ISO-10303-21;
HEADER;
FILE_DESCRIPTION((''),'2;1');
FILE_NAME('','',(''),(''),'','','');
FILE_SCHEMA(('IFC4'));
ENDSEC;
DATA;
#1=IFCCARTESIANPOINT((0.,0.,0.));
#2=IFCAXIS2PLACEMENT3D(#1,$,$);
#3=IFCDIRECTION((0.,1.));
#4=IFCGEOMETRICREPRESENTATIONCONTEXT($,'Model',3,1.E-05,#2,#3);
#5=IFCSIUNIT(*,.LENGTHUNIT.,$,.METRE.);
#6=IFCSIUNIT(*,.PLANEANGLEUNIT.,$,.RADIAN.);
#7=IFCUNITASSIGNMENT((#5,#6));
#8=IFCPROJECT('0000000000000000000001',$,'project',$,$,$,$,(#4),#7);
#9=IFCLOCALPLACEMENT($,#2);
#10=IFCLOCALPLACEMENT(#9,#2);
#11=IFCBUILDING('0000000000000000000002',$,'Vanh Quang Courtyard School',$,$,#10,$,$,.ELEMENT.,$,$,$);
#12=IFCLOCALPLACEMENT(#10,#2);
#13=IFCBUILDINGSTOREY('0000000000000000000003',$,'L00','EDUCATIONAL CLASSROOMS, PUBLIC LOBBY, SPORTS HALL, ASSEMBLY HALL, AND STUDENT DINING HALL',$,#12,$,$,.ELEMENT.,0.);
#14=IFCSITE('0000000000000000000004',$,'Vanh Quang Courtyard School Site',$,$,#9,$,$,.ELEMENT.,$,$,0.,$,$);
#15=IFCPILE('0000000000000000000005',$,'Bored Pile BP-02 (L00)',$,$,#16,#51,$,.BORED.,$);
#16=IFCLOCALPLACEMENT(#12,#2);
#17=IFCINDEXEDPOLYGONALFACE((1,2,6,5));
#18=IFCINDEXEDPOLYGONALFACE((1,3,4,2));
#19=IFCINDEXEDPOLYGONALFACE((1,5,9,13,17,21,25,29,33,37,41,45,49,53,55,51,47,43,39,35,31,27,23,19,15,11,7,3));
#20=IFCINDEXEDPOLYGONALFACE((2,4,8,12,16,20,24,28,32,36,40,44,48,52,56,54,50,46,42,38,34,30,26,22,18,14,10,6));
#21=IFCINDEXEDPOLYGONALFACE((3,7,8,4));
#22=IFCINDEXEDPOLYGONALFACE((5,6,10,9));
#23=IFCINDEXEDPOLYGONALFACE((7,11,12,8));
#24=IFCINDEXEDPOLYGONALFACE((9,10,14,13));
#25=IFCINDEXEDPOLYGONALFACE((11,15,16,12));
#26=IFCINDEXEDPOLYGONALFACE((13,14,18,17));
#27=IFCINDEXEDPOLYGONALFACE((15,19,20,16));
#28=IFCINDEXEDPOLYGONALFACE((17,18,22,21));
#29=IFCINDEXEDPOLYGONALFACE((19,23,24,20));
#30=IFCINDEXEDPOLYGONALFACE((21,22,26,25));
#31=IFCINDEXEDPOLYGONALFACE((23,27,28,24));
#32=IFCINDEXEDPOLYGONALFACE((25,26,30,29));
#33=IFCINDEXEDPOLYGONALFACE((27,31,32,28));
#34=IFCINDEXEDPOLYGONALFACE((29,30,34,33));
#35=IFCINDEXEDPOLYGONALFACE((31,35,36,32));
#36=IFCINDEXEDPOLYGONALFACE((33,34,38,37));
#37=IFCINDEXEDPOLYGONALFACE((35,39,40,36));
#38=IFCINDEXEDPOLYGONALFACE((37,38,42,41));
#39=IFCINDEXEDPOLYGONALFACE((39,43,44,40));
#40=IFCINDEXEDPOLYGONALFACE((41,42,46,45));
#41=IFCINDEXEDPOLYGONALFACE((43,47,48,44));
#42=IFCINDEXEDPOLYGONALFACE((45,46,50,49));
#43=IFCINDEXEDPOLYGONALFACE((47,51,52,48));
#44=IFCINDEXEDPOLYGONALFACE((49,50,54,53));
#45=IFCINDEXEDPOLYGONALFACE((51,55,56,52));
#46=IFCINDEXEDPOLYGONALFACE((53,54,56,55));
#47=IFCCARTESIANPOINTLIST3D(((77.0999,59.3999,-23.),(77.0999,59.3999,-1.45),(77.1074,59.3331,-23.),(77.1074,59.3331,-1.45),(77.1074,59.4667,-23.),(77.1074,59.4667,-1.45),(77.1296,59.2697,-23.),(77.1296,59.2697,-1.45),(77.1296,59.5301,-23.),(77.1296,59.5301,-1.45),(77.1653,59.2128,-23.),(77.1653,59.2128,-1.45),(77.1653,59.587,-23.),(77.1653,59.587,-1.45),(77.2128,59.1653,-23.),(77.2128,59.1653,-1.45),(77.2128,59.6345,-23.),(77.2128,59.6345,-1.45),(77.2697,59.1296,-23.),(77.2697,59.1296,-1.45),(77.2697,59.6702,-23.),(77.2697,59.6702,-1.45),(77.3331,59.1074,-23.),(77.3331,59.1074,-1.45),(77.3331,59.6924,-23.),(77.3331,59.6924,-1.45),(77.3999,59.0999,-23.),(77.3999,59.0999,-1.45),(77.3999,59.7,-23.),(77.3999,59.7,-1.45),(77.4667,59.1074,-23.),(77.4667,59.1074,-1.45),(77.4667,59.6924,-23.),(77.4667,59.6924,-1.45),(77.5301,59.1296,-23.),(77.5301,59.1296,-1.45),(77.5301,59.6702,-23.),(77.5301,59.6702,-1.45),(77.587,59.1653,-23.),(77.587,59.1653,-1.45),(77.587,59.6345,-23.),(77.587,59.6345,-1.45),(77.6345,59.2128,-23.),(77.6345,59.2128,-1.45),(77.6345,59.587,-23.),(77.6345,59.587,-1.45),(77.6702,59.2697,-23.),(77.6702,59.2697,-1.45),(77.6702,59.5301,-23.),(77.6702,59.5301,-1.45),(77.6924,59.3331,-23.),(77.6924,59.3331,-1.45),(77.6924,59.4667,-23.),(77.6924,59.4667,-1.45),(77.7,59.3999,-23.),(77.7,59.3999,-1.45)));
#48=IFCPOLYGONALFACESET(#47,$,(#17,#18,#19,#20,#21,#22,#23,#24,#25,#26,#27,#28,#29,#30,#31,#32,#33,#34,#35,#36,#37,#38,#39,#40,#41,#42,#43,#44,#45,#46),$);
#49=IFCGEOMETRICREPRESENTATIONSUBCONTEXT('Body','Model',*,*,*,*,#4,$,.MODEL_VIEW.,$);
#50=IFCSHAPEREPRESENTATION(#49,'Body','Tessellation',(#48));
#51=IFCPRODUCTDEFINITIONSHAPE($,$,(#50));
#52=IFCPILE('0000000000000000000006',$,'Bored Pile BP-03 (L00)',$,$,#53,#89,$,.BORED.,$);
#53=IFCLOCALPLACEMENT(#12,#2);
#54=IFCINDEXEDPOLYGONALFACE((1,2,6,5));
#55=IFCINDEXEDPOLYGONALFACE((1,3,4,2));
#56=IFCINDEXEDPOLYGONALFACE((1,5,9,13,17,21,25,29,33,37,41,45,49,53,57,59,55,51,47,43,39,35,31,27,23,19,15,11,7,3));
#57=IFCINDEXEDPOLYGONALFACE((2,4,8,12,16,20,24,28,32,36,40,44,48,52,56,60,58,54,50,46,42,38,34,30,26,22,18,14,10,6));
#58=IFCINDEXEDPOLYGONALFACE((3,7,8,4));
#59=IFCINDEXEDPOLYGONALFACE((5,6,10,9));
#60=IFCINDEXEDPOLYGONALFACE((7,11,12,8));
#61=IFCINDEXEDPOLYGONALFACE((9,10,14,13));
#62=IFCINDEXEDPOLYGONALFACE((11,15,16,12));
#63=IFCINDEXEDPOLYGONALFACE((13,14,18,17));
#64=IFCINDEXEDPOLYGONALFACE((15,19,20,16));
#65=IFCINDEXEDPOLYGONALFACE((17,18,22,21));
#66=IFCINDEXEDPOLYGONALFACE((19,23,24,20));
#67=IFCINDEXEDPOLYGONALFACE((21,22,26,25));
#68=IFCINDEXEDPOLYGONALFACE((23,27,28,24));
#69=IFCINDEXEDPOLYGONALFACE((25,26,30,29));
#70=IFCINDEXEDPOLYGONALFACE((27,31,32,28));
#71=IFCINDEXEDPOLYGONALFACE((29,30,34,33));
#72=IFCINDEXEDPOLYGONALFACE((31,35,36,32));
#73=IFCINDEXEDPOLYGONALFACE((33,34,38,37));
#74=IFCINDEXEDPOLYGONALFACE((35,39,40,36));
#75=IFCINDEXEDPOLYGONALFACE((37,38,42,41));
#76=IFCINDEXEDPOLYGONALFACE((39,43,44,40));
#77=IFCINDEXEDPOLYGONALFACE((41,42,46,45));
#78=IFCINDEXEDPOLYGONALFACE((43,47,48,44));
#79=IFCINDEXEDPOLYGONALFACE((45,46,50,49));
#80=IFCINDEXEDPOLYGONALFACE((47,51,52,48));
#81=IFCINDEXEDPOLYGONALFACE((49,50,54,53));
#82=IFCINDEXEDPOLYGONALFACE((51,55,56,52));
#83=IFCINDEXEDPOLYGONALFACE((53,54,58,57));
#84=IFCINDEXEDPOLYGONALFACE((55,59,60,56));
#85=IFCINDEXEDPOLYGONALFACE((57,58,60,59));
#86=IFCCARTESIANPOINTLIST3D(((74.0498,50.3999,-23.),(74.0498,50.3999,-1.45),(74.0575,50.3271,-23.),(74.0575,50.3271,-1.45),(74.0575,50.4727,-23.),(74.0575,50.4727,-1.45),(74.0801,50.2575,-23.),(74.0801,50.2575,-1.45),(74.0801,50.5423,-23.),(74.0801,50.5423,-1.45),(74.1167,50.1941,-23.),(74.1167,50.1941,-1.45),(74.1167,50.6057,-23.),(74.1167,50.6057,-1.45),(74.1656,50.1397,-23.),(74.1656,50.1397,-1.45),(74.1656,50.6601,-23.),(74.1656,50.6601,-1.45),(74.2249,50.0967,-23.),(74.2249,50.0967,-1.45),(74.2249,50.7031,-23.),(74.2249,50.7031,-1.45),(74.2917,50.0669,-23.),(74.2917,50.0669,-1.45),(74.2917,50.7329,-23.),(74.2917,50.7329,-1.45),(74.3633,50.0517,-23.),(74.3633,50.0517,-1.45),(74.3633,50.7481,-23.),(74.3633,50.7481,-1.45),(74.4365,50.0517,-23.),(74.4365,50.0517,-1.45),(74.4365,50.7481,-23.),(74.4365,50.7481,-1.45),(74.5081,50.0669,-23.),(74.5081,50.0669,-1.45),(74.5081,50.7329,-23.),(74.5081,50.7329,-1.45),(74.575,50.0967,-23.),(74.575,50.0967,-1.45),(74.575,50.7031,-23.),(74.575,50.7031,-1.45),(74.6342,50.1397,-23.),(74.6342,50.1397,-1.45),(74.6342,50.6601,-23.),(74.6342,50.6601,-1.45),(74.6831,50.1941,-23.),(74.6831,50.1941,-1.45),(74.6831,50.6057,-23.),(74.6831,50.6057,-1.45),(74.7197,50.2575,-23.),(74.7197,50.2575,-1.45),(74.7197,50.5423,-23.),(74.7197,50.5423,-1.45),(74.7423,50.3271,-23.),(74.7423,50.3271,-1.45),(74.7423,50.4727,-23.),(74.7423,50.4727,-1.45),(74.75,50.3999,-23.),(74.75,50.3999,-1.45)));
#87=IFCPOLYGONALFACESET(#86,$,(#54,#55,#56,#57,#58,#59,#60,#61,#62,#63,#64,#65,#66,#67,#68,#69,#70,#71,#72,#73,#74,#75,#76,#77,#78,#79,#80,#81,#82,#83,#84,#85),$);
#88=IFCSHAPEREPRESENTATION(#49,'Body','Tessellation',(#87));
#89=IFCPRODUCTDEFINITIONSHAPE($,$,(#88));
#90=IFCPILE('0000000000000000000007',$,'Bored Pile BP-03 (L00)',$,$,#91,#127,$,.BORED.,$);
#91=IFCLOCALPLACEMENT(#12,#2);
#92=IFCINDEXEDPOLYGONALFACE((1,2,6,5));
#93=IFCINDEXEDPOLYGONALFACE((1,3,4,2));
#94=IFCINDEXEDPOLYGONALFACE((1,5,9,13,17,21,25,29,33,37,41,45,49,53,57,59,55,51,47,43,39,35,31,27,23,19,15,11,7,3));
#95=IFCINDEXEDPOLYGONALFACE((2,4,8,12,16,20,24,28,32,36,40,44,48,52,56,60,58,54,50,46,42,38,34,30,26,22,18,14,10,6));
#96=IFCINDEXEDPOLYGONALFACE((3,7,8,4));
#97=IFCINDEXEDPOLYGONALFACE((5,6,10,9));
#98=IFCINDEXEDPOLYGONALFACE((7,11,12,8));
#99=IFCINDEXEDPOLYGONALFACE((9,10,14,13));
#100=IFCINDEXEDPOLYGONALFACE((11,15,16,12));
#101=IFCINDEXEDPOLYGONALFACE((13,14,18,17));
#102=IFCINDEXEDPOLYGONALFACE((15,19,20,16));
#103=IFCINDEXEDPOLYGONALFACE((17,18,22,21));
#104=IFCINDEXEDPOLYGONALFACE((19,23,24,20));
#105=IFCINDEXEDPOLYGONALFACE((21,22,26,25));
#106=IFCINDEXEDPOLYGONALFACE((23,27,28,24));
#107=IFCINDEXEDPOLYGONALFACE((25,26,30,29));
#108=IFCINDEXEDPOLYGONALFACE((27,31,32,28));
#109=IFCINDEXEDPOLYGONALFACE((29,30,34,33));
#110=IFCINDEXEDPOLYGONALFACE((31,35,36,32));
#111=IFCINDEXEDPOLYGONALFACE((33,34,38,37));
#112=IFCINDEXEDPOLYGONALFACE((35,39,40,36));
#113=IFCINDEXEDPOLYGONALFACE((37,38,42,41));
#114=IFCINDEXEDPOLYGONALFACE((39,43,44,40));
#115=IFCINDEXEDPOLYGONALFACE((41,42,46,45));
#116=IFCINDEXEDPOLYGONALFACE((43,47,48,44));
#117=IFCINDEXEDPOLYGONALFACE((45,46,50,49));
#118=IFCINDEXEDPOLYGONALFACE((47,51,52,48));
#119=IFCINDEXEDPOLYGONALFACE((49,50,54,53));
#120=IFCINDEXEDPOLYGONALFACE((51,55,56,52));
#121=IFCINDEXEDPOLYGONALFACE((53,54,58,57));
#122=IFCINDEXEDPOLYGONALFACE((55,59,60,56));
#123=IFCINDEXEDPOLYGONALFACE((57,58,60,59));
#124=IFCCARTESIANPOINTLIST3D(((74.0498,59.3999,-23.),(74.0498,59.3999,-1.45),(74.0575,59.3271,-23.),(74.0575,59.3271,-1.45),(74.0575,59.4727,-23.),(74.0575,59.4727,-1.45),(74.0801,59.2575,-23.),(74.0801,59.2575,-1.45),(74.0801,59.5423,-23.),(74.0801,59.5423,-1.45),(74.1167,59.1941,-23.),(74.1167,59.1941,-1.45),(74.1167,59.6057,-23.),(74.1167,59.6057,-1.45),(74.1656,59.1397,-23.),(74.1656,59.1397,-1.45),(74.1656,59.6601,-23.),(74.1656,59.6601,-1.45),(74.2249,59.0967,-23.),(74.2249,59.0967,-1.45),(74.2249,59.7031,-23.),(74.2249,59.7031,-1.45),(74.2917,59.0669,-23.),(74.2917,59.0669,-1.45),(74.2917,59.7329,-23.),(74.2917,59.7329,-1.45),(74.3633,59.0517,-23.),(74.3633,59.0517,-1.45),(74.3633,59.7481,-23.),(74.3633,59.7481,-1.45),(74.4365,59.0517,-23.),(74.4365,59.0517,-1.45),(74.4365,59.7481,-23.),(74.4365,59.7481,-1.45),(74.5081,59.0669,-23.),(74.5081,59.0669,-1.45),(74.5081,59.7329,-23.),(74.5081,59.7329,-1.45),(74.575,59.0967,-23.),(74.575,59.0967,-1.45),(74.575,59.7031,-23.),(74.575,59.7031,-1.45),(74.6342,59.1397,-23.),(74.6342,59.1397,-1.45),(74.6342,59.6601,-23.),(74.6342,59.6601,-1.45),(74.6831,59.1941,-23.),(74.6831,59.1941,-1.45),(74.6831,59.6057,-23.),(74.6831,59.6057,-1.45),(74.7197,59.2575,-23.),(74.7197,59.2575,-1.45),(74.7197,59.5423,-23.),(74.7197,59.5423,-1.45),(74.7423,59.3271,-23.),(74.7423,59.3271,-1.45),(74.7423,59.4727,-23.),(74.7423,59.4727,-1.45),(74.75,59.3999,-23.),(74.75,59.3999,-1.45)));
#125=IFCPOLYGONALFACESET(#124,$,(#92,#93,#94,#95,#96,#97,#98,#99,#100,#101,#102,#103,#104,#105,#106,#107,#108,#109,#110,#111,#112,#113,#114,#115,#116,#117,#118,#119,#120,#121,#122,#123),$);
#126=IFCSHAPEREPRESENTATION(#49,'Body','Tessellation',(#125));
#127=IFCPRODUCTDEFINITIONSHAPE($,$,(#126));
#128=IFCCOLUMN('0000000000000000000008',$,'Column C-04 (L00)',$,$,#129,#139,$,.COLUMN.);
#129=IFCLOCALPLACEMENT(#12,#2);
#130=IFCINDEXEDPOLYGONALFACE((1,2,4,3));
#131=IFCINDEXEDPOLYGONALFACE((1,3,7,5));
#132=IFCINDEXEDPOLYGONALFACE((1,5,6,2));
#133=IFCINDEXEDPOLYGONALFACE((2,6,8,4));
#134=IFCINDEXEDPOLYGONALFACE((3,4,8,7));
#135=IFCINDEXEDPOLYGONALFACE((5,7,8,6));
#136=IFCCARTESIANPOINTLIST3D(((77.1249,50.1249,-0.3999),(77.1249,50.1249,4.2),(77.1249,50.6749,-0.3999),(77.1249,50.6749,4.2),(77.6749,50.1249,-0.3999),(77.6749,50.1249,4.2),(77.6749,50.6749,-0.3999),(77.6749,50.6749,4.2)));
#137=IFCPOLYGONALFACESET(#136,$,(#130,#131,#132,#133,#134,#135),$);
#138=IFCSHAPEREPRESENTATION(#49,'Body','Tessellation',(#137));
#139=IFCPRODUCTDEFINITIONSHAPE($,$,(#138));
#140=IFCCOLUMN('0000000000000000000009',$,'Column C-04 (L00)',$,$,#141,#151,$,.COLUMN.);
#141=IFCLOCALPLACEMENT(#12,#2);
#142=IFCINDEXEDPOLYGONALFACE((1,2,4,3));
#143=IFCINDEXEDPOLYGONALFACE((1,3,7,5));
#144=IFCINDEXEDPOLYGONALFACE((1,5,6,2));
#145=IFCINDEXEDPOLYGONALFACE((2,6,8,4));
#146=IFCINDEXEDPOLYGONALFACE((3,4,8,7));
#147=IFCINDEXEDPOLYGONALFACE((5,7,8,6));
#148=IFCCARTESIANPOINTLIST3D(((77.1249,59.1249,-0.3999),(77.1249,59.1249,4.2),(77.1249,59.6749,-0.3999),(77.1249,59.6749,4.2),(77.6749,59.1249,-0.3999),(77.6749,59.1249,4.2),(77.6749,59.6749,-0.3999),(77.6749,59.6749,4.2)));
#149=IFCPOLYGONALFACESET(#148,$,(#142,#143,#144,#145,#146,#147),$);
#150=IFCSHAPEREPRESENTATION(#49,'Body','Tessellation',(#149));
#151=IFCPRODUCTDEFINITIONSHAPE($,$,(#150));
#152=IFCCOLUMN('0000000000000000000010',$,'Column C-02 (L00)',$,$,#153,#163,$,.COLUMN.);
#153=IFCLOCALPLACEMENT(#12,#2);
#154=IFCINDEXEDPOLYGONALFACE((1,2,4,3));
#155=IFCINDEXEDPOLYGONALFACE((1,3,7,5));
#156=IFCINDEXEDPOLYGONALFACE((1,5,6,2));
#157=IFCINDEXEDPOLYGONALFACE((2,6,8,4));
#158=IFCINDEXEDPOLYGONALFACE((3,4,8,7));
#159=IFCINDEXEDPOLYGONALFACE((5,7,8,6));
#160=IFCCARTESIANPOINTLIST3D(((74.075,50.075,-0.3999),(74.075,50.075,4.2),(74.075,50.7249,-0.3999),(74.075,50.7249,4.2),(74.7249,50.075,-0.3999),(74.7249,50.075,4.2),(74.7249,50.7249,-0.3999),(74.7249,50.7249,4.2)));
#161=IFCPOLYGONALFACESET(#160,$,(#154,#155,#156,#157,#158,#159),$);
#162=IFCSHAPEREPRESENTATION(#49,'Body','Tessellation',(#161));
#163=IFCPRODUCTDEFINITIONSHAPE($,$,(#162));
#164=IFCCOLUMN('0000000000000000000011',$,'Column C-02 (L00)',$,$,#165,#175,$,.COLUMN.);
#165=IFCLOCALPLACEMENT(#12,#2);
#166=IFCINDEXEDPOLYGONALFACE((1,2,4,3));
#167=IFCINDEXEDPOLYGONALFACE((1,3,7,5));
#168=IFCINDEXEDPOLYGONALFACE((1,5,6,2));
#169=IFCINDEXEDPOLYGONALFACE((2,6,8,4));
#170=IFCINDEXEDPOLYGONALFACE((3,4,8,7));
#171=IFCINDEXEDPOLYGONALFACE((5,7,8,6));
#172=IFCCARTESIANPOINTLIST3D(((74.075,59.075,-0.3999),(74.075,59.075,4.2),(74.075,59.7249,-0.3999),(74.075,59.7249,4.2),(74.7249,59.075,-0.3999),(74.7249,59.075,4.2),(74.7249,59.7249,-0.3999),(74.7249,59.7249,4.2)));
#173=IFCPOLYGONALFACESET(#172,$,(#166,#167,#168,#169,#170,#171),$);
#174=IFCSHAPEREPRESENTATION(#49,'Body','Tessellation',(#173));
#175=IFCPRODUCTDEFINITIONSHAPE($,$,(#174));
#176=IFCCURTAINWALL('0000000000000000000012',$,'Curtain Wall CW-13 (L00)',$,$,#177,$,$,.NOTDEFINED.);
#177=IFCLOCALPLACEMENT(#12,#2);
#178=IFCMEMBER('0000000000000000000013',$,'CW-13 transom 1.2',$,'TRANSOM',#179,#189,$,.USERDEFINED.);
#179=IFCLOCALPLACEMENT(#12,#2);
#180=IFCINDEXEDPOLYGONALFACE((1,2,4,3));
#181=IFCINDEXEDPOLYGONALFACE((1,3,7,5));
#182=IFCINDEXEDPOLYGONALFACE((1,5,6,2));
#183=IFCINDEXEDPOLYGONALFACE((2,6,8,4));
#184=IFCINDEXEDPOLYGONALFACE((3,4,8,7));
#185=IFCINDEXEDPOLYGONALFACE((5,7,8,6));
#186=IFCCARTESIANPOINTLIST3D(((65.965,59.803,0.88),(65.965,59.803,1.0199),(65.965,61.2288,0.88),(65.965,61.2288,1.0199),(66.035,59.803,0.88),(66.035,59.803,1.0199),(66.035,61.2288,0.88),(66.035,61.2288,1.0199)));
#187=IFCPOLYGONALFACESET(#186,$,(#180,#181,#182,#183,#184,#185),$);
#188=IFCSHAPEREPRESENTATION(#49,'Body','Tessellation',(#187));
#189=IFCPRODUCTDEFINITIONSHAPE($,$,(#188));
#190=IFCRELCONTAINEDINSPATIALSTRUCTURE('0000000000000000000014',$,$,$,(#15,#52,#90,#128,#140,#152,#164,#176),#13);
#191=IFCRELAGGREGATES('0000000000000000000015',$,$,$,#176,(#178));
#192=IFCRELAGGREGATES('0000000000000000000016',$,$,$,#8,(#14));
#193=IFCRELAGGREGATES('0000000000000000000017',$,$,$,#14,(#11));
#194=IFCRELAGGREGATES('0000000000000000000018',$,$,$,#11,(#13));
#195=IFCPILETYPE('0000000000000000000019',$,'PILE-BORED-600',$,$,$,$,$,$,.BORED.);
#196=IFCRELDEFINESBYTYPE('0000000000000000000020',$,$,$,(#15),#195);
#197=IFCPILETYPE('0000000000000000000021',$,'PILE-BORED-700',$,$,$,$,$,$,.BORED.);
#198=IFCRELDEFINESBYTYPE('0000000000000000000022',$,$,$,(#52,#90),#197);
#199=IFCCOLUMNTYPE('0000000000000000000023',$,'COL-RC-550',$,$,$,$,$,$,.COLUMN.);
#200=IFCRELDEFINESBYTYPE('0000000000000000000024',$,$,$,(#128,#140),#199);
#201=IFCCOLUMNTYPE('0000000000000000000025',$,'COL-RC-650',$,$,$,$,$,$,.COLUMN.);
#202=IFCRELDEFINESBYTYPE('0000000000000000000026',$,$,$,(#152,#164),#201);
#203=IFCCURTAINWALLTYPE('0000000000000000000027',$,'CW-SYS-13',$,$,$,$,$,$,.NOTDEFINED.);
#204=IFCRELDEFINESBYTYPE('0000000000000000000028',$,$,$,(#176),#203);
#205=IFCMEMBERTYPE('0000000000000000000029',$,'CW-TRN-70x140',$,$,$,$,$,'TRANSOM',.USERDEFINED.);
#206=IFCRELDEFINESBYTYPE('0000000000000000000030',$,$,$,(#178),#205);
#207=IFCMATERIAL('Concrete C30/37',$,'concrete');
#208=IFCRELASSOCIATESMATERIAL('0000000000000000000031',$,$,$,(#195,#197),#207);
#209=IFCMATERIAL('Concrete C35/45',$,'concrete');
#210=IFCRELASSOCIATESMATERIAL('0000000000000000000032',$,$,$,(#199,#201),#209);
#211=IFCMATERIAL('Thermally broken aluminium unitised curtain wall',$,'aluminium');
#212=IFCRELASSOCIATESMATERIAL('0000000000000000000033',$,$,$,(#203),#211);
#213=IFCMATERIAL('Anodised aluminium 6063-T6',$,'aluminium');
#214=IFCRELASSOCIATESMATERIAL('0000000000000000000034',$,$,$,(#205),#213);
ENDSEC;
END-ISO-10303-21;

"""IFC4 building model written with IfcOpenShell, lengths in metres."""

from ifc_helpers import new_model, si_unit, direction, frame, origin, origin_2d, place, context, subcontext, project, spatial, rectangle, circle, extrude, material, material_profile, profile_set, type_object, element, aggregate, save


model = new_model("IFC4")

# Units and contexts
model_context = context("Model", 3, precision=1e-05, world=origin(), true_north=direction((0.0, 1.0)))
body_context = subcontext(model_context, "Body", "Model", "MODEL_VIEW")
ifc_project = project(units=[si_unit("LENGTHUNIT", "METRE"), si_unit("PLANEANGLEUNIT", "RADIAN")], contexts=[model_context])

# Site, building, storey
site_placement = place(None, origin())
site = spatial("IfcSite", under=ifc_project, at=site_placement, Name="Vanh Quang Courtyard School Site", CompositionType="ELEMENT", RefElevation=0.0)
building_placement = place(site_placement, origin())
building = spatial("IfcBuilding", under=site, at=building_placement, Name="Vanh Quang Courtyard School", CompositionType="ELEMENT")
storey_placement = place(building_placement, origin())
storey = spatial("IfcBuildingStorey", under=building, at=storey_placement, Name="L00", Description="EDUCATIONAL CLASSROOMS, PUBLIC LOBBY, SPORTS HALL, ASSEMBLY HALL, AND STUDENT DINING HALL", CompositionType="ELEMENT", Elevation=0.0)

# Shared definitions
ifc_material_1 = material(Name="Concrete C35/45", Category="concrete")

# Piles
ifc_material_2 = material(Name="Concrete C30/37", Category="concrete")
ifc_material_profile_1 = material_profile(ifc_material_2, circle(Radius=0.3, at=origin_2d()), Name="PILE D600")
ifc_profile_set_1 = profile_set([ifc_material_profile_1], Name="Concrete C30/37")
pile_type_1 = type_object("IfcPileType", Name="PILE-BORED-600", PredefinedType="BORED", material=ifc_profile_set_1)
for number, where, z_axis, x_axis, name in (
    (1, (77.3999, 59.3999, -1.45), (0.0, 0.0, -1.0), (1.0, 0.0, 0.0), "Bored Pile BP-02 (L00)"),
):
    element("IfcPile", number, at=place(storey_placement, frame(where, z_axis=z_axis, x_axis=x_axis)), inside=storey, type_object=pile_type_1, Name=name, PredefinedType="BORED", context=body_context, shape_type="SweptSolid", body=[
        extrude(circle(Radius=0.3, at=origin_2d()), origin(), (0.0, 0.0, 1.0), 21.55),
    ])
ifc_material_profile_2 = material_profile(ifc_material_2, circle(Radius=0.3501, at=origin_2d()), Name="PILE D700")
ifc_profile_set_2 = profile_set([ifc_material_profile_2], Name="Concrete C30/37")
pile_type_2 = type_object("IfcPileType", Name="PILE-BORED-700", PredefinedType="BORED", material=ifc_profile_set_2)
for number, where, z_axis, x_axis, name in (
    (2, (74.3999, 50.3999, -1.45), (0.0, 0.0, -1.0), (1.0, 0.0, 0.0), "Bored Pile BP-03 (L00)"),
    (3, (74.3999, 59.3999, -1.45), (0.0, 0.0, -1.0), (1.0, 0.0, 0.0), "Bored Pile BP-03 (L00)"),
):
    element("IfcPile", number, at=place(storey_placement, frame(where, z_axis=z_axis, x_axis=x_axis)), inside=storey, type_object=pile_type_2, Name=name, PredefinedType="BORED", context=body_context, shape_type="SweptSolid", body=[
        extrude(circle(Radius=0.3501, at=origin_2d()), origin(), (0.0, 0.0, 1.0), 21.55),
    ])

# Columns
ifc_material_profile_3 = material_profile(ifc_material_1, rectangle(XDim=0.55, YDim=0.55, at=origin_2d()), Name="RC-COL 550x550")
ifc_profile_set_3 = profile_set([ifc_material_profile_3], Name="Concrete C35/45")
column_type_1 = type_object("IfcColumnType", Name="COL-RC-550", PredefinedType="COLUMN", material=ifc_profile_set_3)
for number, where, z_axis, x_axis, name in (
    (4, (77.3999, 50.3999, -0.3999), (0.0, 0.0, 1.0), (1.0, 0.0, 0.0), "Column C-04 (L00)"),
    (5, (77.3999, 59.3999, -0.3999), (0.0, 0.0, 1.0), (1.0, 0.0, 0.0), "Column C-04 (L00)"),
):
    element("IfcColumn", number, at=place(storey_placement, frame(where, z_axis=z_axis, x_axis=x_axis)), inside=storey, type_object=column_type_1, Name=name, PredefinedType="COLUMN", context=body_context, shape_type="SweptSolid", body=[
        extrude(rectangle(XDim=0.55, YDim=0.55, at=origin_2d()), origin(), (0.0, 0.0, 1.0), 4.5999),
    ])
ifc_material_profile_4 = material_profile(ifc_material_1, rectangle(XDim=0.6499, YDim=0.6499, at=origin_2d()), Name="RC-COL 650x650")
ifc_profile_set_4 = profile_set([ifc_material_profile_4], Name="Concrete C35/45")
column_type_2 = type_object("IfcColumnType", Name="COL-RC-650", PredefinedType="COLUMN", material=ifc_profile_set_4)
for number, where, z_axis, x_axis, name in (
    (6, (74.3999, 50.3999, -0.3999), (0.0, 0.0, 1.0), (1.0, 0.0, 0.0), "Column C-02 (L00)"),
    (7, (74.3999, 59.3999, -0.3999), (0.0, 0.0, 1.0), (1.0, 0.0, 0.0), "Column C-02 (L00)"),
):
    element("IfcColumn", number, at=place(storey_placement, frame(where, z_axis=z_axis, x_axis=x_axis)), inside=storey, type_object=column_type_2, Name=name, PredefinedType="COLUMN", context=body_context, shape_type="SweptSolid", body=[
        extrude(rectangle(XDim=0.6499, YDim=0.6499, at=origin_2d()), origin(), (0.0, 0.0, 1.0), 4.5999),
    ])

# Curtain wall, member
ifc_material_3 = material(Name="Thermally broken aluminium unitised curtain wall", Category="aluminium")
curtain_wall_type = type_object("IfcCurtainWallType", Name="CW-SYS-13", PredefinedType="NOTDEFINED", material=ifc_material_3)
curtain_wall_placement = place(storey_placement, origin())
curtain_wall = element("IfcCurtainWall", 8, at=curtain_wall_placement, inside=storey, type_object=curtain_wall_type, Name="Curtain Wall CW-13 (L00)", PredefinedType="NOTDEFINED")
ifc_material_4 = material(Name="Anodised aluminium 6063-T6", Category="aluminium")
ifc_material_profile_5 = material_profile(ifc_material_4, rectangle(XDim=0.0701, YDim=0.1399, at=origin_2d()), Name="ALU-TRN 70x140")
ifc_profile_set_5 = profile_set([ifc_material_profile_5], Name="Anodised aluminium 6063-T6")
member_type = type_object("IfcMemberType", Name="CW-TRN-70x140", ElementType="TRANSOM", PredefinedType="USERDEFINED", material=ifc_profile_set_5)
member_1_placement = place(storey_placement, frame((66.0, 59.803, 0.95), z_axis=(0.0, 1.0, 0.0), x_axis=(-1.0, 0.0, 0.0)))
member_1 = element("IfcMember", 9, at=member_1_placement, type_object=member_type, Name="CW-13 transom 1.2", ObjectType="TRANSOM", PredefinedType="USERDEFINED", context=body_context, shape_type="SweptSolid", body=[
    extrude(rectangle(XDim=0.0701, YDim=0.1399, at=origin_2d()), origin(), (0.0, 0.0, 1.0), 1.4258),
])
aggregate(curtain_wall, [member_1])

save(model, "model.ifc")
